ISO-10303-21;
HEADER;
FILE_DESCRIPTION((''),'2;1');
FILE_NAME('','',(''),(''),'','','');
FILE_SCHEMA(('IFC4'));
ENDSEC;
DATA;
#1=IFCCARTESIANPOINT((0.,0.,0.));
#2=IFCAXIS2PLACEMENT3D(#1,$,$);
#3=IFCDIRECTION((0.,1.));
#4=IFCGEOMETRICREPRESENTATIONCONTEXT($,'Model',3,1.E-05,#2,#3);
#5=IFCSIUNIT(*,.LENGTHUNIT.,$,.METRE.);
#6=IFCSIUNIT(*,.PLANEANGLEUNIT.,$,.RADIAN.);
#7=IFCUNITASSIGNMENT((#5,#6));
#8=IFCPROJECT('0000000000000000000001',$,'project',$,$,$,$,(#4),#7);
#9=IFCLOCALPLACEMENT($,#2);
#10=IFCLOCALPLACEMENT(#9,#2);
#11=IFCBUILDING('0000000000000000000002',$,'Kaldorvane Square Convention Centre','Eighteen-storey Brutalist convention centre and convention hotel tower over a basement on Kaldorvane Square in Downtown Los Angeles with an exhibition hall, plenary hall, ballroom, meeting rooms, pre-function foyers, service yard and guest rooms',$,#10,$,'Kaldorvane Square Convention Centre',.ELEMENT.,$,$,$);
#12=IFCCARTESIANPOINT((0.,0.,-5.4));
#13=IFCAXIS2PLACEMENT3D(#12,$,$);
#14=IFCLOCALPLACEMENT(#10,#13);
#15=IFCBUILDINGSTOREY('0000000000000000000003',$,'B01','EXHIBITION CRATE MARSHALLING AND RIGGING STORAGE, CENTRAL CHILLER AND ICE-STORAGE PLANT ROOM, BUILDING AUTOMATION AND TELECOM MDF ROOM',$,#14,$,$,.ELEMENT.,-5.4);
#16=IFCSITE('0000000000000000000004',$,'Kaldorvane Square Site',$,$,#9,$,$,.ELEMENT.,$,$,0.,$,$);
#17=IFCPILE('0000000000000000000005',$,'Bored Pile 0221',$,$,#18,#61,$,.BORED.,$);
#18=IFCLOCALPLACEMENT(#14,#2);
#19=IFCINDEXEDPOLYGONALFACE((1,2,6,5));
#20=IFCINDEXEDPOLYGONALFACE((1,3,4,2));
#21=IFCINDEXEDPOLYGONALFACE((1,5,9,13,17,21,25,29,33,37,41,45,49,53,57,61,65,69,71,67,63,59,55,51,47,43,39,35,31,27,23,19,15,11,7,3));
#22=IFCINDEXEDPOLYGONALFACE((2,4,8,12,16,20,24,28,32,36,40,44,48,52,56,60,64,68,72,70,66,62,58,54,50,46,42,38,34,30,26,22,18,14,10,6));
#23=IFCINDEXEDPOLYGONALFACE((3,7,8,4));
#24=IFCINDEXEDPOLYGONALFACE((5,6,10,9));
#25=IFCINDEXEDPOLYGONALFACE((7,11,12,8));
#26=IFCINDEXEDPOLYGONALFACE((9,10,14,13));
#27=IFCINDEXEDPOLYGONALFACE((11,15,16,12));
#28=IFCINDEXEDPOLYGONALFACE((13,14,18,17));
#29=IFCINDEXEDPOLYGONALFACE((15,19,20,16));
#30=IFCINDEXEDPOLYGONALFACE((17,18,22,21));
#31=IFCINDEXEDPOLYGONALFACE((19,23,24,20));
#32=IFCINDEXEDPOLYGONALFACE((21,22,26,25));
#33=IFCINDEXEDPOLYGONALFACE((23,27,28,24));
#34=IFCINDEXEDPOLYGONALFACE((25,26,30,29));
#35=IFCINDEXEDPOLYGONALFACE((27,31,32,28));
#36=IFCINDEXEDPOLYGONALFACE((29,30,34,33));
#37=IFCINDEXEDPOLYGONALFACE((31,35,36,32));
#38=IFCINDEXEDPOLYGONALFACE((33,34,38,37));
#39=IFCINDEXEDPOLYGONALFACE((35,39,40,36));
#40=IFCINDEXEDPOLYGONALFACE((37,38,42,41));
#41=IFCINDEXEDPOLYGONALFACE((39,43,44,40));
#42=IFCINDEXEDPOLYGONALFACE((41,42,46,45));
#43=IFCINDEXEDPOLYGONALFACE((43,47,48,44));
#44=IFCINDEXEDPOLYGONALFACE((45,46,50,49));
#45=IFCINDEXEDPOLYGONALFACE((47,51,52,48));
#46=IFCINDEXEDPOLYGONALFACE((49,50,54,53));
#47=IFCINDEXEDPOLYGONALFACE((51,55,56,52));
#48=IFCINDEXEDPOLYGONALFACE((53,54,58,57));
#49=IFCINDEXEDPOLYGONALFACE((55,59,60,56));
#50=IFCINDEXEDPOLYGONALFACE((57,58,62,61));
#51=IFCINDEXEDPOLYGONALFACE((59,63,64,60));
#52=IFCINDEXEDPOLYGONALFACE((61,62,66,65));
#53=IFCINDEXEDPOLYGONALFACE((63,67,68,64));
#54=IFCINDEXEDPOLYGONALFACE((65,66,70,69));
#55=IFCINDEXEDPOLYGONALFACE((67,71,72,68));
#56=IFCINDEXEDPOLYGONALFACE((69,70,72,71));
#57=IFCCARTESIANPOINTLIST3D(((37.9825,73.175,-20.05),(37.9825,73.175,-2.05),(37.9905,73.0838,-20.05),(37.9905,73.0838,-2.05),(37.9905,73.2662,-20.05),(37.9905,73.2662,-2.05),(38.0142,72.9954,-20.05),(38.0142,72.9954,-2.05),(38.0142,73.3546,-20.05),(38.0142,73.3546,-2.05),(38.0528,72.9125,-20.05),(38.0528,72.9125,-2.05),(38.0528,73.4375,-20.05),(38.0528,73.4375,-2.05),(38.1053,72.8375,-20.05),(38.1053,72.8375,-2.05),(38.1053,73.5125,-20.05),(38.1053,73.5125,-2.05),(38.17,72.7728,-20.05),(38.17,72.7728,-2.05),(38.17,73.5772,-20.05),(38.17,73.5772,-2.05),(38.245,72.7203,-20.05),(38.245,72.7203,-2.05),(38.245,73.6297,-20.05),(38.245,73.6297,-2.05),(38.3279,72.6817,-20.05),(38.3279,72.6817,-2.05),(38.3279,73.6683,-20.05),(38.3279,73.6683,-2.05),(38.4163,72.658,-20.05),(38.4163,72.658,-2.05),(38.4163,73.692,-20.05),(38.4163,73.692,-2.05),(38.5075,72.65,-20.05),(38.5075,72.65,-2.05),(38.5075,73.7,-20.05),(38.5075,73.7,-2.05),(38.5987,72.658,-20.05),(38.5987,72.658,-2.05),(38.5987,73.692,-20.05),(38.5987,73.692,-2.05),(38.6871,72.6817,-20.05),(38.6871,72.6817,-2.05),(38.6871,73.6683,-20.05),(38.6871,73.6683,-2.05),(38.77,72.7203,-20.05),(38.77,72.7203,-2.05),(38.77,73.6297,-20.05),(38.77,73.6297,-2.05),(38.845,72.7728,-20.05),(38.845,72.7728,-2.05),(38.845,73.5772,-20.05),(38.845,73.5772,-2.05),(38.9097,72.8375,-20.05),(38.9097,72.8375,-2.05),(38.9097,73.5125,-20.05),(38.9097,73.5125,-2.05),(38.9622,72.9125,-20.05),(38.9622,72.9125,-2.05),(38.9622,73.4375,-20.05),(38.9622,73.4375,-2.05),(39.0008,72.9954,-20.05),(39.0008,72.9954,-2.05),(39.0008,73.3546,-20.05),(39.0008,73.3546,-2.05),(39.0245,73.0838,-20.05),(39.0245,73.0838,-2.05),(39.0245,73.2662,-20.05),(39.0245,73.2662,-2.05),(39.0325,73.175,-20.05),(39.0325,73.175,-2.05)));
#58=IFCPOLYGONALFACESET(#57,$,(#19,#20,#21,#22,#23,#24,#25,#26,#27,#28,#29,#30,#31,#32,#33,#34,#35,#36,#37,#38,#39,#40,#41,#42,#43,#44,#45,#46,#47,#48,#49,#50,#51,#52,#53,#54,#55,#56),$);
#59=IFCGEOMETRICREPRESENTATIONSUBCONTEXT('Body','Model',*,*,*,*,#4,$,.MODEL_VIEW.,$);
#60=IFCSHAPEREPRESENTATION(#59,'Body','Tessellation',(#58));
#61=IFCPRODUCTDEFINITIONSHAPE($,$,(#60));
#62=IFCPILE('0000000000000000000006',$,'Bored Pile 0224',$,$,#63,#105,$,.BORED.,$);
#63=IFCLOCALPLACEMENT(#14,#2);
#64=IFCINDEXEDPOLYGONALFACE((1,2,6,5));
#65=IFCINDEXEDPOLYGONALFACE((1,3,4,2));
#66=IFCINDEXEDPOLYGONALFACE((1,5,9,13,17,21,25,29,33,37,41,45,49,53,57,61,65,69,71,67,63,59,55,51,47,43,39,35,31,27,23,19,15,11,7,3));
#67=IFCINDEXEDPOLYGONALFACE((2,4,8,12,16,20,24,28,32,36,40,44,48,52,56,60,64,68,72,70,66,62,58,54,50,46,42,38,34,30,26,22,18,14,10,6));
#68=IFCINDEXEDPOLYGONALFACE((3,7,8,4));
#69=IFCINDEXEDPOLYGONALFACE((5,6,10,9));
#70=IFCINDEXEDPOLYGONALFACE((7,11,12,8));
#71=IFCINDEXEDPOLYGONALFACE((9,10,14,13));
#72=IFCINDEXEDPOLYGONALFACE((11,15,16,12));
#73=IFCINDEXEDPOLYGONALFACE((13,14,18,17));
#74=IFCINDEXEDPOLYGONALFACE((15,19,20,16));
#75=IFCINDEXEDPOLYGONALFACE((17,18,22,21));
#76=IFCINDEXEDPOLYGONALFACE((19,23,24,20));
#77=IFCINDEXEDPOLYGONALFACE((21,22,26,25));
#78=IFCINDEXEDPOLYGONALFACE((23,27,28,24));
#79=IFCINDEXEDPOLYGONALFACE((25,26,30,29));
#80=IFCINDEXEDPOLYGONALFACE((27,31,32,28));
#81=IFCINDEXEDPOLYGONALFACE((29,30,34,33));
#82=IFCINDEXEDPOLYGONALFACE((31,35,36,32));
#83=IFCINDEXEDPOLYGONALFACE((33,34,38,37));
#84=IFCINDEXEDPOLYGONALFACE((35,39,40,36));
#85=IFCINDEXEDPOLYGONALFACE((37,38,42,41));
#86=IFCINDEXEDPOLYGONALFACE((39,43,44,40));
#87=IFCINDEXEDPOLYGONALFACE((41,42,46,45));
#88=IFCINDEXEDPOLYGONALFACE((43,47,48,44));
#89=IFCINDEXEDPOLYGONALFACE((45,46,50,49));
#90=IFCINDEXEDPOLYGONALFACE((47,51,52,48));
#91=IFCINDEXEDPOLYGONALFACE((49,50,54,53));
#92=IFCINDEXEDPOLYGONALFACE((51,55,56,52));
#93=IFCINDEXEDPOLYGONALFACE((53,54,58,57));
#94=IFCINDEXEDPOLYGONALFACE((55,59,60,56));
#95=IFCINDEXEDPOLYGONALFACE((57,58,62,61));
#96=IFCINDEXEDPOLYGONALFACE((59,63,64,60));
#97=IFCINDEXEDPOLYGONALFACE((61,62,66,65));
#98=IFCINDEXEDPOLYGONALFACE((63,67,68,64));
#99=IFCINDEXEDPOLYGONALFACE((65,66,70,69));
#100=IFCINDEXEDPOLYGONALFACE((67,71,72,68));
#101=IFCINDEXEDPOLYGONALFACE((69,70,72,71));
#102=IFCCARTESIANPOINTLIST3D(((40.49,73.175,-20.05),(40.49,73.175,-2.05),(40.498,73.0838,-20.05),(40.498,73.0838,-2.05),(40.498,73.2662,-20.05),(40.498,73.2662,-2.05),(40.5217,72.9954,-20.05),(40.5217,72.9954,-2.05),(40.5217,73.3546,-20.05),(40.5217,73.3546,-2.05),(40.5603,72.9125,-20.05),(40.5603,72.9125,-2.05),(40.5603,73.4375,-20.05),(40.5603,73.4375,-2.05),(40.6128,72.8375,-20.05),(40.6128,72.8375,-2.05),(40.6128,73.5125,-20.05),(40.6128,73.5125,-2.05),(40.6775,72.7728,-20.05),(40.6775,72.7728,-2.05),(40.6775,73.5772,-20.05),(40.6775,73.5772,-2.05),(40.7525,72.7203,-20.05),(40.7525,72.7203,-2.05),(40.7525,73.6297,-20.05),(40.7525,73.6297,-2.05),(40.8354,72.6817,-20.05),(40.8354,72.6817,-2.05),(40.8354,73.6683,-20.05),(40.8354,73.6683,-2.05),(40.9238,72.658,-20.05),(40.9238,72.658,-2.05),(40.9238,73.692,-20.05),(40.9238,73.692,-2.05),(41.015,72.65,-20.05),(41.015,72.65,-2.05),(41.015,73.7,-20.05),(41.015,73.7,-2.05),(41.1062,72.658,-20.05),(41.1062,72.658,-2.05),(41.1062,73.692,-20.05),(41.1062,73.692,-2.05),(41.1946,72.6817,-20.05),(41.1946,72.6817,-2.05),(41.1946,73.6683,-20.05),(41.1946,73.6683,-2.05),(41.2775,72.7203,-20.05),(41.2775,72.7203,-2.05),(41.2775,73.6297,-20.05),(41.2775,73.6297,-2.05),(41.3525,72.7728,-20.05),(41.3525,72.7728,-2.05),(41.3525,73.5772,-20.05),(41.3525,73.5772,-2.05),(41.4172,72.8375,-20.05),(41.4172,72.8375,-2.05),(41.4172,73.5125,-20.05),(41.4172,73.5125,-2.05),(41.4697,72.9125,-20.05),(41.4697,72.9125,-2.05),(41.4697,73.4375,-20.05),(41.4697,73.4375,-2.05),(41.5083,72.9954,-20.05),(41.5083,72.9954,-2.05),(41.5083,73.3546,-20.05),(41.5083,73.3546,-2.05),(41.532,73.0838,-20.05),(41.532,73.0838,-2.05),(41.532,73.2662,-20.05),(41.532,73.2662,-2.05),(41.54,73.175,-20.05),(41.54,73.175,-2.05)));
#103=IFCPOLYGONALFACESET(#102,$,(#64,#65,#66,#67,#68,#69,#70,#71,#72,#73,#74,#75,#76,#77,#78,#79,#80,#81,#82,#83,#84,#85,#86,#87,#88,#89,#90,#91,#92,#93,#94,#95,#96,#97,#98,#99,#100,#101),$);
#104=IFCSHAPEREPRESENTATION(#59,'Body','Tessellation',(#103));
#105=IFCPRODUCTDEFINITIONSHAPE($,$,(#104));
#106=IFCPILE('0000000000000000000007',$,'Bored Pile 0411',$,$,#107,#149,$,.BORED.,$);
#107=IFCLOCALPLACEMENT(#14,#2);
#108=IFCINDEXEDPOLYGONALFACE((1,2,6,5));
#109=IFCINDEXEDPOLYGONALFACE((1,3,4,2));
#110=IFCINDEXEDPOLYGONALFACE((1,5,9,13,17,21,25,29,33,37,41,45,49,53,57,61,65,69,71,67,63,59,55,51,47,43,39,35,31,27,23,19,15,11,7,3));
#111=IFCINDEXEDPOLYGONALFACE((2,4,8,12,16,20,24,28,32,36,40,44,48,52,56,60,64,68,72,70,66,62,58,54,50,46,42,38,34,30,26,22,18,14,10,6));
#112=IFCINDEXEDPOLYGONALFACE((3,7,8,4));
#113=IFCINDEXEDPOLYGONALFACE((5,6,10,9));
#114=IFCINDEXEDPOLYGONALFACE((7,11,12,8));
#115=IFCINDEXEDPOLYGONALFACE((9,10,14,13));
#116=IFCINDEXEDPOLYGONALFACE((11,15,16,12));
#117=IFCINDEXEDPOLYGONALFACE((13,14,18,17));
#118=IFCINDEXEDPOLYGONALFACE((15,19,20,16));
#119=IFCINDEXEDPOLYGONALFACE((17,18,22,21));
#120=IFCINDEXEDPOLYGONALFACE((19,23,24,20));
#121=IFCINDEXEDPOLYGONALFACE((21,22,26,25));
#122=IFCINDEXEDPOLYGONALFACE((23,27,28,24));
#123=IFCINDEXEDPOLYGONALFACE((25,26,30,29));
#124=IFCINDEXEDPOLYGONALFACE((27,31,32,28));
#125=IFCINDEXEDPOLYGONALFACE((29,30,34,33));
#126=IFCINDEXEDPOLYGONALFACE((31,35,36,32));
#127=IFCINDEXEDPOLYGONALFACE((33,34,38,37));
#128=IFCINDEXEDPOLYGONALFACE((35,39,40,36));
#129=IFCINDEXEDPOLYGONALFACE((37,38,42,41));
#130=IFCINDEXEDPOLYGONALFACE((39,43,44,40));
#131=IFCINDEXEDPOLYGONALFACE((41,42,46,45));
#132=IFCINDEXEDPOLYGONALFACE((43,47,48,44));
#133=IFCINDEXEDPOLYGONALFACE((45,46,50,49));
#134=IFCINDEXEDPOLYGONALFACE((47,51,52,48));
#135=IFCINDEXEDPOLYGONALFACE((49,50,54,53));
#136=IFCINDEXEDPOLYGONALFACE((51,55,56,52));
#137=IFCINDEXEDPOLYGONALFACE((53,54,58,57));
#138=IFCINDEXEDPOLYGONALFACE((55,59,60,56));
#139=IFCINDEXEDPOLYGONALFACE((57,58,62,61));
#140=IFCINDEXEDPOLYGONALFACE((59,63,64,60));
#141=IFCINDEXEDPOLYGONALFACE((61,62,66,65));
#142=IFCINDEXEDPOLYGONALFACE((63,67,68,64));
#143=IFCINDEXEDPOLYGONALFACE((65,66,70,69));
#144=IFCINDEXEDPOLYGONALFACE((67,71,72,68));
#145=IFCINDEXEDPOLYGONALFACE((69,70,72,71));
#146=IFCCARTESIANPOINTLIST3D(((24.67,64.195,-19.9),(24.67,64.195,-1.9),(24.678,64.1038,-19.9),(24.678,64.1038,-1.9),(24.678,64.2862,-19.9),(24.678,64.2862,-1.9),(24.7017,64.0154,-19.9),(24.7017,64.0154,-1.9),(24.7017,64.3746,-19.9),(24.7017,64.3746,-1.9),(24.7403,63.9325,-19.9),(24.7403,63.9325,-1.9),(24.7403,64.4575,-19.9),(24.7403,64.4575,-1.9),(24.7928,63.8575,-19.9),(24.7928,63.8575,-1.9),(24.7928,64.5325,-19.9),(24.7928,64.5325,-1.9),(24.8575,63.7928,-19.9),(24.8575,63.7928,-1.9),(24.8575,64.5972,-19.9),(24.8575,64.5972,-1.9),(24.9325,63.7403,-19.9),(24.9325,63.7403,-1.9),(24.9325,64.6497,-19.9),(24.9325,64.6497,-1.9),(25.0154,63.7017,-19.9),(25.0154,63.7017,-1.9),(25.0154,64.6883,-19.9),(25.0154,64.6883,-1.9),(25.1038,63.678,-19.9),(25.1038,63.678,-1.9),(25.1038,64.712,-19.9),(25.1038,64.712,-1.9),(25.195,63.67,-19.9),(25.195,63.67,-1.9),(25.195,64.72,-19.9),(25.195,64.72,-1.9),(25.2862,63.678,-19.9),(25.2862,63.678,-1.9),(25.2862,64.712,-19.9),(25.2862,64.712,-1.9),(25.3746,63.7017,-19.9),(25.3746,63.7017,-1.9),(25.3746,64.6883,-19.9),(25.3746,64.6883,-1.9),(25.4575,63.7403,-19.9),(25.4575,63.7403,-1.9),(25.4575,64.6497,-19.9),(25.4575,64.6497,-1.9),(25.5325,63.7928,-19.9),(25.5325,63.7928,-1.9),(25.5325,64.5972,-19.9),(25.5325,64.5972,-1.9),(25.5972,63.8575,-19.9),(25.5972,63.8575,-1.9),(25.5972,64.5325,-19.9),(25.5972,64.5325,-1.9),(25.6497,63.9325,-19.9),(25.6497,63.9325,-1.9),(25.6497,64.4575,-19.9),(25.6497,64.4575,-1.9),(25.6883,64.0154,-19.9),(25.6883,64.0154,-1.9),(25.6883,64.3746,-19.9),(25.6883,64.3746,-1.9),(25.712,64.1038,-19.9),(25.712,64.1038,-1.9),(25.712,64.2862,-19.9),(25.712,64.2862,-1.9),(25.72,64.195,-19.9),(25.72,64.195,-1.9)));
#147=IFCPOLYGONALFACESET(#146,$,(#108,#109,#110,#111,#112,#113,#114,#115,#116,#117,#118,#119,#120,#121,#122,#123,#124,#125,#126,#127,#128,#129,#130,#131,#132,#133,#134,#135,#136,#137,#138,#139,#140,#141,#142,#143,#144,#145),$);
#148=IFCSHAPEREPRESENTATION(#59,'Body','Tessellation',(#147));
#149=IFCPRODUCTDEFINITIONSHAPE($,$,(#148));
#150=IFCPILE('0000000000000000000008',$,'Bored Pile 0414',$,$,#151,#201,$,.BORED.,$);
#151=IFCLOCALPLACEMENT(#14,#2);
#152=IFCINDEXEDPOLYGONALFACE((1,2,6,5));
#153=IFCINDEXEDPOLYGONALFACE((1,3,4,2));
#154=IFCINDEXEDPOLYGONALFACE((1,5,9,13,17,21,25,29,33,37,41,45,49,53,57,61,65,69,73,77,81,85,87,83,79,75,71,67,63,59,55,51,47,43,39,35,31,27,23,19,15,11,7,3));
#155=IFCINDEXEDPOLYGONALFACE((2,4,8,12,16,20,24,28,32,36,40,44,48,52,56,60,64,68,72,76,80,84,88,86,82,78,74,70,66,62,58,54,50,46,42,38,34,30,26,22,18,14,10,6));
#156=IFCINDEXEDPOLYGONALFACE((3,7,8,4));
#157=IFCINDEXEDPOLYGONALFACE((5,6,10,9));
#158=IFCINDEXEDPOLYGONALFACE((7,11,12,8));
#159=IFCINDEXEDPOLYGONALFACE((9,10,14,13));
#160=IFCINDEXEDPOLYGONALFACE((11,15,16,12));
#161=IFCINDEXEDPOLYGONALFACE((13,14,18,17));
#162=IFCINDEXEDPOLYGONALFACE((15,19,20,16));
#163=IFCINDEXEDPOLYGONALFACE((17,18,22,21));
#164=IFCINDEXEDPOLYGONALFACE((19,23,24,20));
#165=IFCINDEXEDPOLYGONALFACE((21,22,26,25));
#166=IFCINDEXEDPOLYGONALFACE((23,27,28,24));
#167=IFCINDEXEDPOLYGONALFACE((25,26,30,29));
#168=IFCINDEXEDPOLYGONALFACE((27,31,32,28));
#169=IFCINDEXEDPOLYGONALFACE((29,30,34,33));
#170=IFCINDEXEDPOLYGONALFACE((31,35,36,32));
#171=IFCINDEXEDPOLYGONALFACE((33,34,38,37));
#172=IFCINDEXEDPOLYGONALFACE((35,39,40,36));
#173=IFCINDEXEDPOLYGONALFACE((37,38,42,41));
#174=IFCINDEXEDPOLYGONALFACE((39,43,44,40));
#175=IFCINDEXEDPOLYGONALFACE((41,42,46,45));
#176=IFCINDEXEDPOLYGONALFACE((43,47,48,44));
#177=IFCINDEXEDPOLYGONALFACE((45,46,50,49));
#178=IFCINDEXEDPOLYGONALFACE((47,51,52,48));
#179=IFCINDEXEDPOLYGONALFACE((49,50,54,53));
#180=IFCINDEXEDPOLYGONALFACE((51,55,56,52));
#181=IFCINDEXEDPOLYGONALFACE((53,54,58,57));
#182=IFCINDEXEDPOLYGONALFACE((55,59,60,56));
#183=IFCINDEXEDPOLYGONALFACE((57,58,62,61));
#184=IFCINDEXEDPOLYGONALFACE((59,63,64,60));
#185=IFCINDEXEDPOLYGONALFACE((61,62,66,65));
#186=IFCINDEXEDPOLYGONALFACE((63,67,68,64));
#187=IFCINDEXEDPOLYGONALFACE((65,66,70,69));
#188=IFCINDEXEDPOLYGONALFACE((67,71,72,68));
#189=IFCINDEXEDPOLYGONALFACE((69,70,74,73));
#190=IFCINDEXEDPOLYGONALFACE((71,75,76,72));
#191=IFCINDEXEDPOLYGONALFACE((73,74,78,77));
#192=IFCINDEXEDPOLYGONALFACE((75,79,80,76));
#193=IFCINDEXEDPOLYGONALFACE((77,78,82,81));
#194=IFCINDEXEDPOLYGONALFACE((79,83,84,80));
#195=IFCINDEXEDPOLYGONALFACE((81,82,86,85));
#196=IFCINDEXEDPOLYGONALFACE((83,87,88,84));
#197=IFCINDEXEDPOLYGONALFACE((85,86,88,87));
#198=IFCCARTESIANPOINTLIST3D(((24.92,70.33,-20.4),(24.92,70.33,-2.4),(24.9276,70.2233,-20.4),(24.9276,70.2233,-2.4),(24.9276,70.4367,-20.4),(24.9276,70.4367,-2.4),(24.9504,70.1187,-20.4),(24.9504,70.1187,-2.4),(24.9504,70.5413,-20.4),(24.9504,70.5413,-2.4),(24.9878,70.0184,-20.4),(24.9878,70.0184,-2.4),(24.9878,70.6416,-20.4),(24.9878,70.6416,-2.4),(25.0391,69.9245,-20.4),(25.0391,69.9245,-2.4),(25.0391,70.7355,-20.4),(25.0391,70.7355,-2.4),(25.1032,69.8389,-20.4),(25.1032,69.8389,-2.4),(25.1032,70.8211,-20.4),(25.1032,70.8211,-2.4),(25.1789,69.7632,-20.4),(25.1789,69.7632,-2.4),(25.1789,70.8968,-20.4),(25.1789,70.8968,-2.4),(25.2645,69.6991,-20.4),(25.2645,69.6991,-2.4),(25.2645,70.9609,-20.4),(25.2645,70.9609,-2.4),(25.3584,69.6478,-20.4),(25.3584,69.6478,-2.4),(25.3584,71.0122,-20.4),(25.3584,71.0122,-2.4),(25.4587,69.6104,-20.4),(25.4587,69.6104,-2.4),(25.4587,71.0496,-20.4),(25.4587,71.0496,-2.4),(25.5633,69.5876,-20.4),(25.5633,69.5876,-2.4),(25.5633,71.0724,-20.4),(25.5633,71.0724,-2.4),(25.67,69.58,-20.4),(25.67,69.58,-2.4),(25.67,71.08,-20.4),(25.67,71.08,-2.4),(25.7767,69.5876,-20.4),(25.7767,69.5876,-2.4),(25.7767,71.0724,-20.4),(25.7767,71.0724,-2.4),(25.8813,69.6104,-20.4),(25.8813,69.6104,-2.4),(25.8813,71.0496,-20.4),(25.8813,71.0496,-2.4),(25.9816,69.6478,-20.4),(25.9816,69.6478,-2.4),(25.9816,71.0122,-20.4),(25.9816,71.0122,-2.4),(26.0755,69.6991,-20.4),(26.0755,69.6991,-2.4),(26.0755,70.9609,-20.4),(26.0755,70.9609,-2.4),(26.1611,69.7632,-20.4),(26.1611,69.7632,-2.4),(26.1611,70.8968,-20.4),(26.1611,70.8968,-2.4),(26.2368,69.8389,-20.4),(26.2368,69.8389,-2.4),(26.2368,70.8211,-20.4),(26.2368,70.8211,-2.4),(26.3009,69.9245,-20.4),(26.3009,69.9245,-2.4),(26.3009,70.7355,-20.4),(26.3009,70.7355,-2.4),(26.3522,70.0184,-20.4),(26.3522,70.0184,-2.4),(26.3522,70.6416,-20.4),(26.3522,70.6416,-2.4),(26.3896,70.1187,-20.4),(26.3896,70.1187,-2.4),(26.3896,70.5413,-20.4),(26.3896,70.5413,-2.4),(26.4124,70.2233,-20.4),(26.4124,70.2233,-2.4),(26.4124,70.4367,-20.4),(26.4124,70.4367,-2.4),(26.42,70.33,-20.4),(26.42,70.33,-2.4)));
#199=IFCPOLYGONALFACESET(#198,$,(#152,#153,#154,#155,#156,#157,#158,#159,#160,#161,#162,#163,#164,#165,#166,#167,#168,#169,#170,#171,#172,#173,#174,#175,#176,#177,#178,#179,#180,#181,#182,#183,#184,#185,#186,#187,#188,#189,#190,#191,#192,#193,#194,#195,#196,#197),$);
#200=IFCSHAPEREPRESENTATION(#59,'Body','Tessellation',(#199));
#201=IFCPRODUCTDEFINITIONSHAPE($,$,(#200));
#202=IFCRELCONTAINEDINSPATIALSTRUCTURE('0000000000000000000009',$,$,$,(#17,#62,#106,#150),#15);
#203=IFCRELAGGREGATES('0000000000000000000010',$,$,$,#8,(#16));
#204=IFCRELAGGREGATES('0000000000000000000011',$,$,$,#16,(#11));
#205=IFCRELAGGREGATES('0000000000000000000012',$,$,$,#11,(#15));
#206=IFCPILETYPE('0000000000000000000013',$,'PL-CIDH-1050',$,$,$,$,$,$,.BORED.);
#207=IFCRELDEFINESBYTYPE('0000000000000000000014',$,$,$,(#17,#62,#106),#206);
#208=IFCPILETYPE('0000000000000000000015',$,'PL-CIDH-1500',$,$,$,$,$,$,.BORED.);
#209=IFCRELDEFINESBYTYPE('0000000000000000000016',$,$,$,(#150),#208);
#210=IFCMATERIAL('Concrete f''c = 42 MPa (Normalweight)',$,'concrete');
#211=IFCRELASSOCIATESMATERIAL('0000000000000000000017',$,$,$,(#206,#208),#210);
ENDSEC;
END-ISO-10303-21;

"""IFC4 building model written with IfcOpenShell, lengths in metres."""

from ifc_helpers import new_model, si_unit, direction, frame, origin, origin_2d, place, context, subcontext, project, spatial, circle, extrude, material, material_profile, profile_set, type_object, element, save


model = new_model("IFC4")

# Units and contexts
model_context = context("Model", 3, precision=1e-05, world=origin(), true_north=direction((0.0, 1.0)))
body_context = subcontext(model_context, "Body", "Model", "MODEL_VIEW")
ifc_project = project(units=[si_unit("LENGTHUNIT", "METRE"), si_unit("PLANEANGLEUNIT", "RADIAN")], contexts=[model_context])

# Site, building, storey
site_placement = place(None, origin())
site = spatial("IfcSite", under=ifc_project, at=site_placement, Name="Kaldorvane Square Site", CompositionType="ELEMENT", RefElevation=0.0)
building_placement = place(site_placement, origin())
building = spatial("IfcBuilding", under=site, at=building_placement, Name="Kaldorvane Square Convention Centre", Description="Eighteen-storey Brutalist convention centre and convention hotel tower over a basement on Kaldorvane Square in Downtown Los Angeles with an exhibition hall, plenary hall, ballroom, meeting rooms, pre-function foyers, service yard and guest rooms", LongName="Kaldorvane Square Convention Centre", CompositionType="ELEMENT")
storey_placement = place(building_placement, frame((0.0, 0.0, -5.4)))
storey = spatial("IfcBuildingStorey", under=building, at=storey_placement, Name="B01", Description="EXHIBITION CRATE MARSHALLING AND RIGGING STORAGE, CENTRAL CHILLER AND ICE-STORAGE PLANT ROOM, BUILDING AUTOMATION AND TELECOM MDF ROOM", CompositionType="ELEMENT", Elevation=-5.4)

# Shared definitions
ifc_material_1 = material(Name="Concrete f'c = 42 MPa (Normalweight)", Category="concrete")

# Piles
ifc_material_profile_1 = material_profile(ifc_material_1, circle(Radius=0.525, at=origin_2d()), Name="PILE-D1050")
ifc_profile_set_1 = profile_set([ifc_material_profile_1], Name="Concrete f'c = 42 MPa (Normalweight)")
pile_type_1 = type_object("IfcPileType", Name="PL-CIDH-1050", PredefinedType="BORED", material=ifc_profile_set_1)
for number, where, z_axis, x_axis, name in (
    (1, (38.5075, 73.175, -2.05), (0.0, 0.0, -1.0), (1.0, 0.0, 0.0), "Bored Pile 0221"),
    (2, (41.015, 73.175, -2.05), (0.0, 0.0, -1.0), (1.0, 0.0, 0.0), "Bored Pile 0224"),
    (3, (25.195, 64.195, -1.9), (0.0, 0.0, -1.0), (1.0, 0.0, 0.0), "Bored Pile 0411"),
):
    element("IfcPile", number, at=place(storey_placement, frame(where, z_axis=z_axis, x_axis=x_axis)), inside=storey, type_object=pile_type_1, Name=name, PredefinedType="BORED", context=body_context, shape_type="SweptSolid", body=[
        extrude(circle(Radius=0.525, at=origin_2d()), origin(), (0.0, 0.0, 1.0), 18.0),
    ])
ifc_material_profile_2 = material_profile(ifc_material_1, circle(Radius=0.75, at=origin_2d()), Name="PILE-D1500")
ifc_profile_set_2 = profile_set([ifc_material_profile_2], Name="Concrete f'c = 42 MPa (Normalweight)")
pile_type_2 = type_object("IfcPileType", Name="PL-CIDH-1500", PredefinedType="BORED", material=ifc_profile_set_2)
for number, where, z_axis, x_axis, name in (
    (4, (25.67, 70.33, -2.4), (0.0, 0.0, -1.0), (1.0, 0.0, 0.0), "Bored Pile 0414"),
):
    element("IfcPile", number, at=place(storey_placement, frame(where, z_axis=z_axis, x_axis=x_axis)), inside=storey, type_object=pile_type_2, Name=name, PredefinedType="BORED", context=body_context, shape_type="SweptSolid", body=[
        extrude(circle(Radius=0.75, at=origin_2d()), origin(), (0.0, 0.0, 1.0), 18.0),
    ])

save(model, "model.ifc")
